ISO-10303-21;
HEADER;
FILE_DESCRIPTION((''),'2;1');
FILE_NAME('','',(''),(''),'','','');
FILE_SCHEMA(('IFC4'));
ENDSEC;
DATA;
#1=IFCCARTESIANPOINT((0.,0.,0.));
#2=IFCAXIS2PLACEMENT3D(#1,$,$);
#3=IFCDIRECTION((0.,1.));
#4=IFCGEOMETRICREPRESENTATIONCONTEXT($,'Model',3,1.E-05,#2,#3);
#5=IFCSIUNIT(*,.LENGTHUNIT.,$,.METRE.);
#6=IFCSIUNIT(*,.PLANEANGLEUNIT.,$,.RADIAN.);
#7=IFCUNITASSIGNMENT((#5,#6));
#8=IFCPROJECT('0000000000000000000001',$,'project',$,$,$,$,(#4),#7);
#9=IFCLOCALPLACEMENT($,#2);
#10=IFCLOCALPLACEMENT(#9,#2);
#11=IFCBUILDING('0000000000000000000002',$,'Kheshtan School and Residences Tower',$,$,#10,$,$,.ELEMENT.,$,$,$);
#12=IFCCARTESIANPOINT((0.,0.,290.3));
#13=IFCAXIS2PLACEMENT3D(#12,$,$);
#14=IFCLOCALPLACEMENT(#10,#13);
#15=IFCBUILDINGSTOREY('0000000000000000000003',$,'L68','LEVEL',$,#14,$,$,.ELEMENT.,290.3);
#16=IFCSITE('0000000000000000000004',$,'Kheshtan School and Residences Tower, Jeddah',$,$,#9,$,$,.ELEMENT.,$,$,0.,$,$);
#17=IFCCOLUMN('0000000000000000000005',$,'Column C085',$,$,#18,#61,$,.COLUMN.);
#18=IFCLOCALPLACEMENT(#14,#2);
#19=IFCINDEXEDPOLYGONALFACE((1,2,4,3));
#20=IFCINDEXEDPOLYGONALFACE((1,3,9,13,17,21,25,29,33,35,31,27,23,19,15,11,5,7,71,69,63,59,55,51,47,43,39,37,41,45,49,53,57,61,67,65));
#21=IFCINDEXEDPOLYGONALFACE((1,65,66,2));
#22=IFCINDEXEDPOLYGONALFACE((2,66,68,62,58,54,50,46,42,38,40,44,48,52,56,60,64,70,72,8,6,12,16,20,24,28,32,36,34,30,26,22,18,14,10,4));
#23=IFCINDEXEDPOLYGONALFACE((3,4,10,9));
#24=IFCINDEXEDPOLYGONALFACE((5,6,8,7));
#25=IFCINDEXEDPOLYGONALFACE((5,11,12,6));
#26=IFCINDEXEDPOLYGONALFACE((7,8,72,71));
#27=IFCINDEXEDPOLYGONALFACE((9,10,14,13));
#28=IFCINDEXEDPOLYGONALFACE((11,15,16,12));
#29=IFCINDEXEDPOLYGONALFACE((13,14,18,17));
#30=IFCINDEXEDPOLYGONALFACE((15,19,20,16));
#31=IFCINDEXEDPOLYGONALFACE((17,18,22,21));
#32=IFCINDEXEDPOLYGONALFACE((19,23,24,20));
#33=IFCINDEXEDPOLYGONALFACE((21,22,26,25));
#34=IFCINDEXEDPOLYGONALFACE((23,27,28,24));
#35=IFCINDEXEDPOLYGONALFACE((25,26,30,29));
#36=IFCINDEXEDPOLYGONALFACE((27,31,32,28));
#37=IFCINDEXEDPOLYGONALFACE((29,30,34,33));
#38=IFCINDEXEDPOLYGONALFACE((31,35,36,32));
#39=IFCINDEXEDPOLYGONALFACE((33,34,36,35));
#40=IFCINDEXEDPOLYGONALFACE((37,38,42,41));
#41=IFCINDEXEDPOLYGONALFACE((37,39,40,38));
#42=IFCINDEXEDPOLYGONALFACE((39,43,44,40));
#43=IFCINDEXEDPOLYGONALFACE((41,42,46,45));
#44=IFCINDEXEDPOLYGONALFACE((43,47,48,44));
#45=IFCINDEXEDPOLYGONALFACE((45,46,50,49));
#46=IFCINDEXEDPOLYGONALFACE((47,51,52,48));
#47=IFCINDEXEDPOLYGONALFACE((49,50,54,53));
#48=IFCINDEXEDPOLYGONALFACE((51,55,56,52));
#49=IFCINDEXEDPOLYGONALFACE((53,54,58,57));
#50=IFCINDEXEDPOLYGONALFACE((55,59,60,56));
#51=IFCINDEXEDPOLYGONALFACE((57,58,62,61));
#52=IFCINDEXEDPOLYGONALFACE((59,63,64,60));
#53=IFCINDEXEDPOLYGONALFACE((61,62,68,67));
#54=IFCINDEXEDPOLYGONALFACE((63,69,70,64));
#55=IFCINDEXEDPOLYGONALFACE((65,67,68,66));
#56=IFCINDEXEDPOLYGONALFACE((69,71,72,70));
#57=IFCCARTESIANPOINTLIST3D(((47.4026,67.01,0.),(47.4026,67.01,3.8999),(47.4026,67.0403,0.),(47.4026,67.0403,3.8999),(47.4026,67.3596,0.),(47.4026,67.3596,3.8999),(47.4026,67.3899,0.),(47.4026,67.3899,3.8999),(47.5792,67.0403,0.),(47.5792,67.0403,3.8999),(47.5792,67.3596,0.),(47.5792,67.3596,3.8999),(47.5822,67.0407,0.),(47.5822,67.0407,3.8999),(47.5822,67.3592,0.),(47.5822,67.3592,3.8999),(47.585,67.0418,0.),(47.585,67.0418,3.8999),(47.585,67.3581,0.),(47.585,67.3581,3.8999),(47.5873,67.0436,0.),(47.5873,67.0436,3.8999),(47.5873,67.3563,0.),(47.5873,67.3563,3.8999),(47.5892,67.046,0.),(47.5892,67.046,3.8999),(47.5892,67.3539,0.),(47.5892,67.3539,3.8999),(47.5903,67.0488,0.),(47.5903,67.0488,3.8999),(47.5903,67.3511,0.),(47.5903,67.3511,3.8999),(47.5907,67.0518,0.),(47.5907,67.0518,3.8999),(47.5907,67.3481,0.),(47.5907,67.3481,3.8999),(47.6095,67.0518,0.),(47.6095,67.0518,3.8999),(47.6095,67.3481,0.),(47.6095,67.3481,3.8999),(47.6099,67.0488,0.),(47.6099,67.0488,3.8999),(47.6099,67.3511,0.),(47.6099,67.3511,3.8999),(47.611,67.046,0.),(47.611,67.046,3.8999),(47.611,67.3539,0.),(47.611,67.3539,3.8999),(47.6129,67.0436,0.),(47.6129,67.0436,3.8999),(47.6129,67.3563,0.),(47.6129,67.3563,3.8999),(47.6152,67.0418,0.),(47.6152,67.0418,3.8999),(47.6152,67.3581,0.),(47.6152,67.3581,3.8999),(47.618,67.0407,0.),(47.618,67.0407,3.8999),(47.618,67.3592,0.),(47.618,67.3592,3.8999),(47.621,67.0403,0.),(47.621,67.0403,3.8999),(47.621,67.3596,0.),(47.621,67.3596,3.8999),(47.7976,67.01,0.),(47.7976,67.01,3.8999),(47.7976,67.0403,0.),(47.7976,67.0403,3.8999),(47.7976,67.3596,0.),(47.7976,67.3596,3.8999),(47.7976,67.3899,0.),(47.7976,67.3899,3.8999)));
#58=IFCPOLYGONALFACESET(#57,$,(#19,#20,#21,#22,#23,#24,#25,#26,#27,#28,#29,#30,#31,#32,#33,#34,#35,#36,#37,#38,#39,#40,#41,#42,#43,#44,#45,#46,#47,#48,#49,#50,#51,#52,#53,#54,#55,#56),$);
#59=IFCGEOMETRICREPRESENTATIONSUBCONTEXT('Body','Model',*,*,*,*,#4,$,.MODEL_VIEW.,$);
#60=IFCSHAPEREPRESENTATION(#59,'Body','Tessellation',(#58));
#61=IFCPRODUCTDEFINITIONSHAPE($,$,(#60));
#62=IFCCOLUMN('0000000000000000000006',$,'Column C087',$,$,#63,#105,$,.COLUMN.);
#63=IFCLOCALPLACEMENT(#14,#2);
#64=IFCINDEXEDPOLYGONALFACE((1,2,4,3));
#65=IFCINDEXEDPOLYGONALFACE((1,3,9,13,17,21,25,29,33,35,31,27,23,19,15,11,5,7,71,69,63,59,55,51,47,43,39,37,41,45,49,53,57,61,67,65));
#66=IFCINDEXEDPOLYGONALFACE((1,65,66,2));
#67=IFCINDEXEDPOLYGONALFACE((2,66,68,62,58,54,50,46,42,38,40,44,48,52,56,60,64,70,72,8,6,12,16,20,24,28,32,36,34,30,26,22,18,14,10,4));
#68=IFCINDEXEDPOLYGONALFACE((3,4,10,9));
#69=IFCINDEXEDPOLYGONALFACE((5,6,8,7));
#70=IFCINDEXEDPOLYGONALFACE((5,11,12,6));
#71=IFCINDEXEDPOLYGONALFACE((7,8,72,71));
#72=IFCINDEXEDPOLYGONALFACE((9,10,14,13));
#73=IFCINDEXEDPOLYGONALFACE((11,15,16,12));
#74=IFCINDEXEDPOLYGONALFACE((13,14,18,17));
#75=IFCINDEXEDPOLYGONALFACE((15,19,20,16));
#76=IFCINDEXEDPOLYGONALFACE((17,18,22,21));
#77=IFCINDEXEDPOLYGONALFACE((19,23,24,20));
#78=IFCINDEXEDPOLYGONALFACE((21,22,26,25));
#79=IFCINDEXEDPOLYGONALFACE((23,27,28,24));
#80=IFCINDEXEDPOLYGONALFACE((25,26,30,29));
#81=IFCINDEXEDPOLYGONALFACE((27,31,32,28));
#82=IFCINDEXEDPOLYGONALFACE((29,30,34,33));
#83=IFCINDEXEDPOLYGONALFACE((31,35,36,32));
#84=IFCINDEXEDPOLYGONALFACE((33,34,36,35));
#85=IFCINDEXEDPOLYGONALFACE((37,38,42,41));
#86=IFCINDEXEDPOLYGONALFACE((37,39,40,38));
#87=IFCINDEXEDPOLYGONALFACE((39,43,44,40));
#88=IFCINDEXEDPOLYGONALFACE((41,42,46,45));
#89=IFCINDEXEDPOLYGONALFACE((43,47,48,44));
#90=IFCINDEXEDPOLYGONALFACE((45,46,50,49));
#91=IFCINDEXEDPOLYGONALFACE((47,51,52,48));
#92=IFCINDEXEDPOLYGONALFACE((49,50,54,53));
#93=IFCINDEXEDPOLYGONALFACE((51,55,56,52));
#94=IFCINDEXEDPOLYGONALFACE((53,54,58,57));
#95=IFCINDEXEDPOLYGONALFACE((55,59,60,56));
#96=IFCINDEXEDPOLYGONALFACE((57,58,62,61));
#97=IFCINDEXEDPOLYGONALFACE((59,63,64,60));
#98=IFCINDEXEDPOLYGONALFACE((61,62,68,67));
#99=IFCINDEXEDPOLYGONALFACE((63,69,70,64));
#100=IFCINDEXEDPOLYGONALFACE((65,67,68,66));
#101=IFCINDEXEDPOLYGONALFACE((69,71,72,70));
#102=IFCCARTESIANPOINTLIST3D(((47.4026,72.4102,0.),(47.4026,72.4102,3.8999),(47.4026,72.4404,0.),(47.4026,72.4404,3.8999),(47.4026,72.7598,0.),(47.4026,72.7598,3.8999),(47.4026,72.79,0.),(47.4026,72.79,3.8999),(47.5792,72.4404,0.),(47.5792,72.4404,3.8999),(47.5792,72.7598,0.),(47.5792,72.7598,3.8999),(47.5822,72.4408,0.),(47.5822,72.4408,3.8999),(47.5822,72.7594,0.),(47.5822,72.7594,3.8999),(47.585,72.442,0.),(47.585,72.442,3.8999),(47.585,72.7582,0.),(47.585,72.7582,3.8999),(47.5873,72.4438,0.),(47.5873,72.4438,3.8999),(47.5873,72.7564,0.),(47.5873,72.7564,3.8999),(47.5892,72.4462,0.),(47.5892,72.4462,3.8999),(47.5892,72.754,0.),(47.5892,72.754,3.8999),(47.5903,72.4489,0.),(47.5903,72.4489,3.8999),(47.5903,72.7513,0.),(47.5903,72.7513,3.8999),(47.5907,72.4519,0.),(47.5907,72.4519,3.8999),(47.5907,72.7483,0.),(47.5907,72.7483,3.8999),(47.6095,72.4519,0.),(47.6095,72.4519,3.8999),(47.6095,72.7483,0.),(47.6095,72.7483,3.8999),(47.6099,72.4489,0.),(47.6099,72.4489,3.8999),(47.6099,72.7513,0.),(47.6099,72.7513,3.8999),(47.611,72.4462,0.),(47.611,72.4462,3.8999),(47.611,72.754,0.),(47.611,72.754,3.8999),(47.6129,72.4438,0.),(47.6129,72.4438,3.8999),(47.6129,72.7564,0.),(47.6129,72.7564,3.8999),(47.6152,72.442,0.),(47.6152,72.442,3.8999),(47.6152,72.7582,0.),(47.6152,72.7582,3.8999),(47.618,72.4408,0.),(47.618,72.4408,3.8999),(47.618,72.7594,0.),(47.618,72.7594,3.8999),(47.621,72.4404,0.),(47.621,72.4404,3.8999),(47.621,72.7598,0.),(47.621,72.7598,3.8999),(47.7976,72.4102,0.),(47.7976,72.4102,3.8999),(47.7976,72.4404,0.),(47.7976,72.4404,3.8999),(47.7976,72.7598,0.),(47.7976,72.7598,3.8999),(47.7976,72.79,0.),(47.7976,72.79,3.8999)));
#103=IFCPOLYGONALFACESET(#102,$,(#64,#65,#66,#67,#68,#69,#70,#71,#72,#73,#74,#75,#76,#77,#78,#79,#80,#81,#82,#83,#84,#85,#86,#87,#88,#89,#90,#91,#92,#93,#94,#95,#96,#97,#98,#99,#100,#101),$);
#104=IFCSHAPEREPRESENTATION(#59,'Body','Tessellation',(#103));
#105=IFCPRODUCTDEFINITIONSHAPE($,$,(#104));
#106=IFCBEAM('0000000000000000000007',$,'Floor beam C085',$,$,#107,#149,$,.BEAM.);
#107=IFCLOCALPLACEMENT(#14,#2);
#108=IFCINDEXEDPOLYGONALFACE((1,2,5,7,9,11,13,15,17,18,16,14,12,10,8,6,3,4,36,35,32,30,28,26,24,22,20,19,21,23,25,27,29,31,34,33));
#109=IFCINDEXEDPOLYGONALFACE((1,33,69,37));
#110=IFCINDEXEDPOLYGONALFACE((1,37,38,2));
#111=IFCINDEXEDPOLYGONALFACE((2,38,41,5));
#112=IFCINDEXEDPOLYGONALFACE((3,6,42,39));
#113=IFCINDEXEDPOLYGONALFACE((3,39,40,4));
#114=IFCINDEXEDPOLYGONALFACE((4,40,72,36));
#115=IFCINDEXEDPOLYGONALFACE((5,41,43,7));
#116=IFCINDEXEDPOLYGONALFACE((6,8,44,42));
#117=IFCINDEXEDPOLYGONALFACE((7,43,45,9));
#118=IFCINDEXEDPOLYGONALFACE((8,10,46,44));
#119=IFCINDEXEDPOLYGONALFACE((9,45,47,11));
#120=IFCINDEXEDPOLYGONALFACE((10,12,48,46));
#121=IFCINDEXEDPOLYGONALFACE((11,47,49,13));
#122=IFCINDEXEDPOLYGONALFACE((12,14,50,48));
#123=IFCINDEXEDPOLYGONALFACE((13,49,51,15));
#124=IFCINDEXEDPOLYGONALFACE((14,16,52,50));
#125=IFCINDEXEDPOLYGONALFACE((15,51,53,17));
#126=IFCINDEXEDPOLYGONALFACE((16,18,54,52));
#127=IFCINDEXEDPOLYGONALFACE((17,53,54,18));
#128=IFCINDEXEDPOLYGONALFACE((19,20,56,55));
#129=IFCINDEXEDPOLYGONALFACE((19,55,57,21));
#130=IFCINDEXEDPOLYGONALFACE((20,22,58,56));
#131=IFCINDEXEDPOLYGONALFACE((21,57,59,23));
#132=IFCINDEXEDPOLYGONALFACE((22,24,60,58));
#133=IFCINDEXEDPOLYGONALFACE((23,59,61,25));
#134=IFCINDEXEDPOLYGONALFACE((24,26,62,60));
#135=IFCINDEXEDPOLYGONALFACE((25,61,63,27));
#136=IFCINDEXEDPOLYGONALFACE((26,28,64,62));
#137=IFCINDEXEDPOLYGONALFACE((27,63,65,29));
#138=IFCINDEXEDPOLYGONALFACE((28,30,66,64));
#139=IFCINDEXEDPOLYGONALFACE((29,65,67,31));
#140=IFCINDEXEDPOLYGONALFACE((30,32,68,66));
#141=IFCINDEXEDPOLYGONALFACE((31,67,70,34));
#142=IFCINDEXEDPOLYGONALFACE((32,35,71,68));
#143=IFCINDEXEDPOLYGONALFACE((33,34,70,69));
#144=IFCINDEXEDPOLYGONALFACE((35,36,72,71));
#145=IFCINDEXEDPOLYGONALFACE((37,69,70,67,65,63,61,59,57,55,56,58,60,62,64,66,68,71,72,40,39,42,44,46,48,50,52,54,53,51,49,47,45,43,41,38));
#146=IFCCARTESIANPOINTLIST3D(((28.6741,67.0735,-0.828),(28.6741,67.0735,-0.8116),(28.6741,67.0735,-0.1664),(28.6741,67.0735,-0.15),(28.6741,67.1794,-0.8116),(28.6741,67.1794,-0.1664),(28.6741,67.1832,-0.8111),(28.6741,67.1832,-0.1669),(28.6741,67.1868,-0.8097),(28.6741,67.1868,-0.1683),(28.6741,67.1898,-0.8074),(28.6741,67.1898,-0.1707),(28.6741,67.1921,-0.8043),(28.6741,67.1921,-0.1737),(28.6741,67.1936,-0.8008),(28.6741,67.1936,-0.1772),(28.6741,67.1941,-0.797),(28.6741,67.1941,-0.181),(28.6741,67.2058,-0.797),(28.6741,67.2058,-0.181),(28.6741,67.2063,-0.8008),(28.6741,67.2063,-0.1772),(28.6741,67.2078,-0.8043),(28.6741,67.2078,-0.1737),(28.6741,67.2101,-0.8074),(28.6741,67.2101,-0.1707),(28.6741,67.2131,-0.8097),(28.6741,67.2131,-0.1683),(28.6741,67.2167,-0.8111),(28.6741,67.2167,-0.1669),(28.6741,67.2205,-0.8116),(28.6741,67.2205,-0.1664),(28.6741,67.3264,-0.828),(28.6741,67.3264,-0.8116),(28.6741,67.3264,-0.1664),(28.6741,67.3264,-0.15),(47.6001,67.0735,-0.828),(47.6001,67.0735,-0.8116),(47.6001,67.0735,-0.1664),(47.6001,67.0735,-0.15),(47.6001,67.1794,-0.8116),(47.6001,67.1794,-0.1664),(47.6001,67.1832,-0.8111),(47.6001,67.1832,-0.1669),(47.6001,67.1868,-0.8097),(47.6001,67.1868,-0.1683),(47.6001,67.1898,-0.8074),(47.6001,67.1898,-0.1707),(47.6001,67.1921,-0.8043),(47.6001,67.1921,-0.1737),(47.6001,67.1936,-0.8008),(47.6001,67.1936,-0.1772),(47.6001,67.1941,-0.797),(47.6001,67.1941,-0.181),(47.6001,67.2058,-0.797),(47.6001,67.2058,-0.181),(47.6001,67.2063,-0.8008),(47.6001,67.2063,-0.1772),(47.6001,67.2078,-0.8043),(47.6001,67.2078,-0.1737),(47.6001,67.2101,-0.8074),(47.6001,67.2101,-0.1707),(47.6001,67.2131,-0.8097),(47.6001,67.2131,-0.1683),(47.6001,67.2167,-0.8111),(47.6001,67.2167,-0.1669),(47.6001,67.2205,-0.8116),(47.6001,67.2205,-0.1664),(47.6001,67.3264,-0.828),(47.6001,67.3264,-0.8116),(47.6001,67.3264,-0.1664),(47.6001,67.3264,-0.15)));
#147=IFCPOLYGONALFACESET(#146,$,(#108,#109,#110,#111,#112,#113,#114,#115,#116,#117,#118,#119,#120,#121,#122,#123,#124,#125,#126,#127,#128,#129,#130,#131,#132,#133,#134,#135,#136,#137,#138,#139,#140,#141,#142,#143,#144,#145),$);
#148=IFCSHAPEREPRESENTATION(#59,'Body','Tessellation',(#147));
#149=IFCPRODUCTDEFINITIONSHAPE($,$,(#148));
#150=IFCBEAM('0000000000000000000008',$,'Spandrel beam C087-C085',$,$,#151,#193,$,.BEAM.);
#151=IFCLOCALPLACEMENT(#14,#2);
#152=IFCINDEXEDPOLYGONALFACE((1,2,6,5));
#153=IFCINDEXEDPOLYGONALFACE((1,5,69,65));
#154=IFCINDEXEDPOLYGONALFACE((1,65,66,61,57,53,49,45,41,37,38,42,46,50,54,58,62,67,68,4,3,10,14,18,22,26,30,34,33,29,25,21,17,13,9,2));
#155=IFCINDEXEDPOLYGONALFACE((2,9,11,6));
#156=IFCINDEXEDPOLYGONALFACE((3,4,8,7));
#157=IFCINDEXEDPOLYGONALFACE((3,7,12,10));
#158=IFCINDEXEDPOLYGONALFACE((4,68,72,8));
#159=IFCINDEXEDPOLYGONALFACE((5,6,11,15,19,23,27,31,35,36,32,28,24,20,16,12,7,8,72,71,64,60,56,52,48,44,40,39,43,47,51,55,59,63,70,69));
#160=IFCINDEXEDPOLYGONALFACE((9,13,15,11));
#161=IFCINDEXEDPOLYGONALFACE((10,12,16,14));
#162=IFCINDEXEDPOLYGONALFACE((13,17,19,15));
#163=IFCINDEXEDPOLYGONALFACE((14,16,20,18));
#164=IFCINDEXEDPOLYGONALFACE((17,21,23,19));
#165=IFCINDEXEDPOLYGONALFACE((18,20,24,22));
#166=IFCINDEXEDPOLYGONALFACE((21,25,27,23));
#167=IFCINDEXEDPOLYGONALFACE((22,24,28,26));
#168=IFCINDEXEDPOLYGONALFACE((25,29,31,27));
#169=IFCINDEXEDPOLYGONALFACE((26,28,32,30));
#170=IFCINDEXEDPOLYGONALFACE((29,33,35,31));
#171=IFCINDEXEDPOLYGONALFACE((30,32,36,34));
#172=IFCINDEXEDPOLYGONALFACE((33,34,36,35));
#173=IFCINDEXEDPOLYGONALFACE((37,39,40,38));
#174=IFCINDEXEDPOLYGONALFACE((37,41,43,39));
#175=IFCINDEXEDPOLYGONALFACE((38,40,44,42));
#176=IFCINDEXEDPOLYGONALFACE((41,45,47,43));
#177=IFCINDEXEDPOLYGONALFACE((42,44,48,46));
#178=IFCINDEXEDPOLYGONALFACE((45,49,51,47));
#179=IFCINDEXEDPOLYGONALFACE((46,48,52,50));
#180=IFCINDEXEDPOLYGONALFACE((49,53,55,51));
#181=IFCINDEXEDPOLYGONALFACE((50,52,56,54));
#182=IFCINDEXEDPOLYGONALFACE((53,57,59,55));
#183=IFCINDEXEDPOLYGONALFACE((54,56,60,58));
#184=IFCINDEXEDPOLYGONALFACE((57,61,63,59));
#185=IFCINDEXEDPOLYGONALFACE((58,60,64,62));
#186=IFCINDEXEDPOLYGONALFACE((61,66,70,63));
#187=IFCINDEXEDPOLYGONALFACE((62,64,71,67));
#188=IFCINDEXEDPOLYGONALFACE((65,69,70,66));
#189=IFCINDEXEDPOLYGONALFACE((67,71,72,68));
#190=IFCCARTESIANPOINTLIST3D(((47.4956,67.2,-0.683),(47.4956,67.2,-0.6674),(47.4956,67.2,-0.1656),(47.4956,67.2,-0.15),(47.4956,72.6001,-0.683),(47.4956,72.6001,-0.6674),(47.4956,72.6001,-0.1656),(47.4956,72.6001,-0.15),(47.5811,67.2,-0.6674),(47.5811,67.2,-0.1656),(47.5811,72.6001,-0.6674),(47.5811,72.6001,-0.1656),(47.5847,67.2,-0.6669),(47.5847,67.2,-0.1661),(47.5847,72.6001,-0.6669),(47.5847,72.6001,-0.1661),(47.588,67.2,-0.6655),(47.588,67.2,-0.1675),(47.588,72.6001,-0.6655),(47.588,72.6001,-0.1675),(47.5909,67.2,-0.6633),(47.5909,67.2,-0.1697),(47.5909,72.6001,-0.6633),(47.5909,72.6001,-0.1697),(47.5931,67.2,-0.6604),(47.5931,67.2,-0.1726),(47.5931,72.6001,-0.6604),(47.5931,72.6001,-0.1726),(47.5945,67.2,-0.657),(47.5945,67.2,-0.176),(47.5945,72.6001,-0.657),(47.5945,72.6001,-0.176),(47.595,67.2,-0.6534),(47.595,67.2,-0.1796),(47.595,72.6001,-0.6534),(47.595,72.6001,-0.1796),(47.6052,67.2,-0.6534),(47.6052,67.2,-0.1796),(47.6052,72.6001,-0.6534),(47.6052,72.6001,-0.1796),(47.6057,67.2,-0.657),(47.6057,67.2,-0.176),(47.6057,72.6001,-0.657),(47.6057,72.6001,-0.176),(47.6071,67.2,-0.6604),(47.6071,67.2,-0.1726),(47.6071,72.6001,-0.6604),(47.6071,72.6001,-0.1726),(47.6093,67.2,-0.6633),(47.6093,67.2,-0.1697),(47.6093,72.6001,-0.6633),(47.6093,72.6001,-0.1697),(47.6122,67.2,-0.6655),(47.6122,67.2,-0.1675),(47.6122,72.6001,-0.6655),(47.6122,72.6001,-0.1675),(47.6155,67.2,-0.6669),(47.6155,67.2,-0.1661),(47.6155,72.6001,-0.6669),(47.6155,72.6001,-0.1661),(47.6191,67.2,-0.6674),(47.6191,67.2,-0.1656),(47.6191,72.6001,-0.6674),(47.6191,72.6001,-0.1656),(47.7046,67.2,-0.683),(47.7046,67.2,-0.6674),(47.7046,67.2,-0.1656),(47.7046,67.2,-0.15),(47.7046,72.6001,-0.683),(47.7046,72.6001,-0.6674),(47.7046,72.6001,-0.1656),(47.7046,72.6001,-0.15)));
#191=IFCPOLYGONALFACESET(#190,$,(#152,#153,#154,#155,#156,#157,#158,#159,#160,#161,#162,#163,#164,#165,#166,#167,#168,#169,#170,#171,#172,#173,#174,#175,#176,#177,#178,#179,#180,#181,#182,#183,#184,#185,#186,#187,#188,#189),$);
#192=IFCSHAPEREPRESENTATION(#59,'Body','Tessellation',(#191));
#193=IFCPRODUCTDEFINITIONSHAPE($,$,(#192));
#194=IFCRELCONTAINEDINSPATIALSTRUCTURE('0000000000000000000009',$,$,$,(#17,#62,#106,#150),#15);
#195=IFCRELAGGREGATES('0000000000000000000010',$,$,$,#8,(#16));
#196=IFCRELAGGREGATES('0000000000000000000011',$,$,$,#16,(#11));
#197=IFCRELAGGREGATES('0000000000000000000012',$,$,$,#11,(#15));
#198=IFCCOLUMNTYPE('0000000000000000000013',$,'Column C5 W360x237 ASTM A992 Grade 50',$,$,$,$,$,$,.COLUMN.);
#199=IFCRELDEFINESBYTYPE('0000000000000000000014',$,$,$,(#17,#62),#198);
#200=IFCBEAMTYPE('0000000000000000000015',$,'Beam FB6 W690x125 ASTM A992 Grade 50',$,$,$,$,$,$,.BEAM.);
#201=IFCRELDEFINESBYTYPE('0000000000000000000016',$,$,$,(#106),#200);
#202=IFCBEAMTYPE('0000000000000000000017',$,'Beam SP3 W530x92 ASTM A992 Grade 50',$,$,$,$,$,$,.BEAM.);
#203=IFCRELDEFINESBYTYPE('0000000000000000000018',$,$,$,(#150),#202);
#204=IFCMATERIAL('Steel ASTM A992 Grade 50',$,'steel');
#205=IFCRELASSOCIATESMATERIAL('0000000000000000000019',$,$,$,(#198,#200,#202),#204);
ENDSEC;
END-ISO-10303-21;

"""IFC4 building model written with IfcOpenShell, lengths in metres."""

from ifc_helpers import new_model, si_unit, direction, frame, origin, origin_2d, place, context, subcontext, project, spatial, i_section, extrude, material, material_profile, profile_set, type_object, element, save


model = new_model("IFC4")

# Units and contexts
model_context = context("Model", 3, precision=1e-05, world=origin(), true_north=direction((0.0, 1.0)))
body_context = subcontext(model_context, "Body", "Model", "MODEL_VIEW")
ifc_project = project(units=[si_unit("LENGTHUNIT", "METRE"), si_unit("PLANEANGLEUNIT", "RADIAN")], contexts=[model_context])

# Site, building, storey
site_placement = place(None, origin())
site = spatial("IfcSite", under=ifc_project, at=site_placement, Name="Kheshtan School and Residences Tower, Jeddah", CompositionType="ELEMENT", RefElevation=0.0)
building_placement = place(site_placement, origin())
building = spatial("IfcBuilding", under=site, at=building_placement, Name="Kheshtan School and Residences Tower", CompositionType="ELEMENT")
storey_placement = place(building_placement, frame((0.0, 0.0, 290.3)))
storey = spatial("IfcBuildingStorey", under=building, at=storey_placement, Name="L68", Description="LEVEL", CompositionType="ELEMENT", Elevation=290.3)

# Columns
ifc_material_1 = material(Name="Steel ASTM A992 Grade 50", Category="steel")
ifc_material_profile_1 = material_profile(ifc_material_1, i_section(OverallWidth=0.395, OverallDepth=0.3799, WebThickness=0.0188, FlangeThickness=0.0303, FilletRadius=0.0115, at=origin_2d()), Name="W360x237")
ifc_profile_set_1 = profile_set([ifc_material_profile_1], Name="Steel ASTM A992 Grade 50")
column_type = type_object("IfcColumnType", Name="Column C5 W360x237 ASTM A992 Grade 50", PredefinedType="COLUMN", material=ifc_profile_set_1)
for number, where, z_axis, x_axis, name in (
    (1, (47.6001, 67.2, 0.0), (0.0, 0.0, 1.0), (1.0, 0.0, 0.0), "Column C085"),
    (2, (47.6001, 72.6001, 0.0), (0.0, 0.0, 1.0), (1.0, 0.0, 0.0), "Column C087"),
):
    element("IfcColumn", number, at=place(storey_placement, frame(where, z_axis=z_axis, x_axis=x_axis)), inside=storey, type_object=column_type, Name=name, PredefinedType="COLUMN", context=body_context, shape_type="SweptSolid", body=[
        extrude(i_section(OverallWidth=0.395, OverallDepth=0.3799, WebThickness=0.0188, FlangeThickness=0.0303, FilletRadius=0.0115, at=origin_2d()), origin(), (0.0, 0.0, 1.0), 3.8999),
    ])

# Beams
ifc_material_profile_2 = material_profile(ifc_material_1, i_section(OverallWidth=0.2529, OverallDepth=0.678, WebThickness=0.0117, FlangeThickness=0.0164, FilletRadius=0.0146, at=origin_2d()), Name="W690x125")
ifc_profile_set_2 = profile_set([ifc_material_profile_2], Name="Steel ASTM A992 Grade 50")
beam_type_1 = type_object("IfcBeamType", Name="Beam FB6 W690x125 ASTM A992 Grade 50", PredefinedType="BEAM", material=ifc_profile_set_2)
beam_1_placement = place(storey_placement, frame((47.6001, 67.2, -0.489), z_axis=(-1.0, 0.0, 0.0), x_axis=(0.0, -1.0, 0.0)))
element("IfcBeam", 3, at=beam_1_placement, inside=storey, type_object=beam_type_1, Name="Floor beam C085", PredefinedType="BEAM", context=body_context, shape_type="SweptSolid", body=[
    extrude(i_section(OverallWidth=0.2529, OverallDepth=0.678, WebThickness=0.0117, FlangeThickness=0.0164, FilletRadius=0.0146, at=origin_2d()), origin(), (0.0, 0.0, 1.0), 18.926),
])
ifc_material_profile_3 = material_profile(ifc_material_1, i_section(OverallWidth=0.209, OverallDepth=0.533, WebThickness=0.0103, FlangeThickness=0.0156, FilletRadius=0.0139, at=origin_2d()), Name="W530x92")
ifc_profile_set_3 = profile_set([ifc_material_profile_3], Name="Steel ASTM A992 Grade 50")
beam_type_2 = type_object("IfcBeamType", Name="Beam SP3 W530x92 ASTM A992 Grade 50", PredefinedType="BEAM", material=ifc_profile_set_3)
beam_2_placement = place(storey_placement, frame((47.6001, 72.6001, -0.4165), z_axis=(0.0, -1.0, 0.0), x_axis=(1.0, 0.0, 0.0)))
element("IfcBeam", 4, at=beam_2_placement, inside=storey, type_object=beam_type_2, Name="Spandrel beam C087-C085", PredefinedType="BEAM", context=body_context, shape_type="SweptSolid", body=[
    extrude(i_section(OverallWidth=0.209, OverallDepth=0.533, WebThickness=0.0103, FlangeThickness=0.0156, FilletRadius=0.0139, at=origin_2d()), origin(), (0.0, 0.0, 1.0), 5.4001),
])

save(model, "model.ifc")
